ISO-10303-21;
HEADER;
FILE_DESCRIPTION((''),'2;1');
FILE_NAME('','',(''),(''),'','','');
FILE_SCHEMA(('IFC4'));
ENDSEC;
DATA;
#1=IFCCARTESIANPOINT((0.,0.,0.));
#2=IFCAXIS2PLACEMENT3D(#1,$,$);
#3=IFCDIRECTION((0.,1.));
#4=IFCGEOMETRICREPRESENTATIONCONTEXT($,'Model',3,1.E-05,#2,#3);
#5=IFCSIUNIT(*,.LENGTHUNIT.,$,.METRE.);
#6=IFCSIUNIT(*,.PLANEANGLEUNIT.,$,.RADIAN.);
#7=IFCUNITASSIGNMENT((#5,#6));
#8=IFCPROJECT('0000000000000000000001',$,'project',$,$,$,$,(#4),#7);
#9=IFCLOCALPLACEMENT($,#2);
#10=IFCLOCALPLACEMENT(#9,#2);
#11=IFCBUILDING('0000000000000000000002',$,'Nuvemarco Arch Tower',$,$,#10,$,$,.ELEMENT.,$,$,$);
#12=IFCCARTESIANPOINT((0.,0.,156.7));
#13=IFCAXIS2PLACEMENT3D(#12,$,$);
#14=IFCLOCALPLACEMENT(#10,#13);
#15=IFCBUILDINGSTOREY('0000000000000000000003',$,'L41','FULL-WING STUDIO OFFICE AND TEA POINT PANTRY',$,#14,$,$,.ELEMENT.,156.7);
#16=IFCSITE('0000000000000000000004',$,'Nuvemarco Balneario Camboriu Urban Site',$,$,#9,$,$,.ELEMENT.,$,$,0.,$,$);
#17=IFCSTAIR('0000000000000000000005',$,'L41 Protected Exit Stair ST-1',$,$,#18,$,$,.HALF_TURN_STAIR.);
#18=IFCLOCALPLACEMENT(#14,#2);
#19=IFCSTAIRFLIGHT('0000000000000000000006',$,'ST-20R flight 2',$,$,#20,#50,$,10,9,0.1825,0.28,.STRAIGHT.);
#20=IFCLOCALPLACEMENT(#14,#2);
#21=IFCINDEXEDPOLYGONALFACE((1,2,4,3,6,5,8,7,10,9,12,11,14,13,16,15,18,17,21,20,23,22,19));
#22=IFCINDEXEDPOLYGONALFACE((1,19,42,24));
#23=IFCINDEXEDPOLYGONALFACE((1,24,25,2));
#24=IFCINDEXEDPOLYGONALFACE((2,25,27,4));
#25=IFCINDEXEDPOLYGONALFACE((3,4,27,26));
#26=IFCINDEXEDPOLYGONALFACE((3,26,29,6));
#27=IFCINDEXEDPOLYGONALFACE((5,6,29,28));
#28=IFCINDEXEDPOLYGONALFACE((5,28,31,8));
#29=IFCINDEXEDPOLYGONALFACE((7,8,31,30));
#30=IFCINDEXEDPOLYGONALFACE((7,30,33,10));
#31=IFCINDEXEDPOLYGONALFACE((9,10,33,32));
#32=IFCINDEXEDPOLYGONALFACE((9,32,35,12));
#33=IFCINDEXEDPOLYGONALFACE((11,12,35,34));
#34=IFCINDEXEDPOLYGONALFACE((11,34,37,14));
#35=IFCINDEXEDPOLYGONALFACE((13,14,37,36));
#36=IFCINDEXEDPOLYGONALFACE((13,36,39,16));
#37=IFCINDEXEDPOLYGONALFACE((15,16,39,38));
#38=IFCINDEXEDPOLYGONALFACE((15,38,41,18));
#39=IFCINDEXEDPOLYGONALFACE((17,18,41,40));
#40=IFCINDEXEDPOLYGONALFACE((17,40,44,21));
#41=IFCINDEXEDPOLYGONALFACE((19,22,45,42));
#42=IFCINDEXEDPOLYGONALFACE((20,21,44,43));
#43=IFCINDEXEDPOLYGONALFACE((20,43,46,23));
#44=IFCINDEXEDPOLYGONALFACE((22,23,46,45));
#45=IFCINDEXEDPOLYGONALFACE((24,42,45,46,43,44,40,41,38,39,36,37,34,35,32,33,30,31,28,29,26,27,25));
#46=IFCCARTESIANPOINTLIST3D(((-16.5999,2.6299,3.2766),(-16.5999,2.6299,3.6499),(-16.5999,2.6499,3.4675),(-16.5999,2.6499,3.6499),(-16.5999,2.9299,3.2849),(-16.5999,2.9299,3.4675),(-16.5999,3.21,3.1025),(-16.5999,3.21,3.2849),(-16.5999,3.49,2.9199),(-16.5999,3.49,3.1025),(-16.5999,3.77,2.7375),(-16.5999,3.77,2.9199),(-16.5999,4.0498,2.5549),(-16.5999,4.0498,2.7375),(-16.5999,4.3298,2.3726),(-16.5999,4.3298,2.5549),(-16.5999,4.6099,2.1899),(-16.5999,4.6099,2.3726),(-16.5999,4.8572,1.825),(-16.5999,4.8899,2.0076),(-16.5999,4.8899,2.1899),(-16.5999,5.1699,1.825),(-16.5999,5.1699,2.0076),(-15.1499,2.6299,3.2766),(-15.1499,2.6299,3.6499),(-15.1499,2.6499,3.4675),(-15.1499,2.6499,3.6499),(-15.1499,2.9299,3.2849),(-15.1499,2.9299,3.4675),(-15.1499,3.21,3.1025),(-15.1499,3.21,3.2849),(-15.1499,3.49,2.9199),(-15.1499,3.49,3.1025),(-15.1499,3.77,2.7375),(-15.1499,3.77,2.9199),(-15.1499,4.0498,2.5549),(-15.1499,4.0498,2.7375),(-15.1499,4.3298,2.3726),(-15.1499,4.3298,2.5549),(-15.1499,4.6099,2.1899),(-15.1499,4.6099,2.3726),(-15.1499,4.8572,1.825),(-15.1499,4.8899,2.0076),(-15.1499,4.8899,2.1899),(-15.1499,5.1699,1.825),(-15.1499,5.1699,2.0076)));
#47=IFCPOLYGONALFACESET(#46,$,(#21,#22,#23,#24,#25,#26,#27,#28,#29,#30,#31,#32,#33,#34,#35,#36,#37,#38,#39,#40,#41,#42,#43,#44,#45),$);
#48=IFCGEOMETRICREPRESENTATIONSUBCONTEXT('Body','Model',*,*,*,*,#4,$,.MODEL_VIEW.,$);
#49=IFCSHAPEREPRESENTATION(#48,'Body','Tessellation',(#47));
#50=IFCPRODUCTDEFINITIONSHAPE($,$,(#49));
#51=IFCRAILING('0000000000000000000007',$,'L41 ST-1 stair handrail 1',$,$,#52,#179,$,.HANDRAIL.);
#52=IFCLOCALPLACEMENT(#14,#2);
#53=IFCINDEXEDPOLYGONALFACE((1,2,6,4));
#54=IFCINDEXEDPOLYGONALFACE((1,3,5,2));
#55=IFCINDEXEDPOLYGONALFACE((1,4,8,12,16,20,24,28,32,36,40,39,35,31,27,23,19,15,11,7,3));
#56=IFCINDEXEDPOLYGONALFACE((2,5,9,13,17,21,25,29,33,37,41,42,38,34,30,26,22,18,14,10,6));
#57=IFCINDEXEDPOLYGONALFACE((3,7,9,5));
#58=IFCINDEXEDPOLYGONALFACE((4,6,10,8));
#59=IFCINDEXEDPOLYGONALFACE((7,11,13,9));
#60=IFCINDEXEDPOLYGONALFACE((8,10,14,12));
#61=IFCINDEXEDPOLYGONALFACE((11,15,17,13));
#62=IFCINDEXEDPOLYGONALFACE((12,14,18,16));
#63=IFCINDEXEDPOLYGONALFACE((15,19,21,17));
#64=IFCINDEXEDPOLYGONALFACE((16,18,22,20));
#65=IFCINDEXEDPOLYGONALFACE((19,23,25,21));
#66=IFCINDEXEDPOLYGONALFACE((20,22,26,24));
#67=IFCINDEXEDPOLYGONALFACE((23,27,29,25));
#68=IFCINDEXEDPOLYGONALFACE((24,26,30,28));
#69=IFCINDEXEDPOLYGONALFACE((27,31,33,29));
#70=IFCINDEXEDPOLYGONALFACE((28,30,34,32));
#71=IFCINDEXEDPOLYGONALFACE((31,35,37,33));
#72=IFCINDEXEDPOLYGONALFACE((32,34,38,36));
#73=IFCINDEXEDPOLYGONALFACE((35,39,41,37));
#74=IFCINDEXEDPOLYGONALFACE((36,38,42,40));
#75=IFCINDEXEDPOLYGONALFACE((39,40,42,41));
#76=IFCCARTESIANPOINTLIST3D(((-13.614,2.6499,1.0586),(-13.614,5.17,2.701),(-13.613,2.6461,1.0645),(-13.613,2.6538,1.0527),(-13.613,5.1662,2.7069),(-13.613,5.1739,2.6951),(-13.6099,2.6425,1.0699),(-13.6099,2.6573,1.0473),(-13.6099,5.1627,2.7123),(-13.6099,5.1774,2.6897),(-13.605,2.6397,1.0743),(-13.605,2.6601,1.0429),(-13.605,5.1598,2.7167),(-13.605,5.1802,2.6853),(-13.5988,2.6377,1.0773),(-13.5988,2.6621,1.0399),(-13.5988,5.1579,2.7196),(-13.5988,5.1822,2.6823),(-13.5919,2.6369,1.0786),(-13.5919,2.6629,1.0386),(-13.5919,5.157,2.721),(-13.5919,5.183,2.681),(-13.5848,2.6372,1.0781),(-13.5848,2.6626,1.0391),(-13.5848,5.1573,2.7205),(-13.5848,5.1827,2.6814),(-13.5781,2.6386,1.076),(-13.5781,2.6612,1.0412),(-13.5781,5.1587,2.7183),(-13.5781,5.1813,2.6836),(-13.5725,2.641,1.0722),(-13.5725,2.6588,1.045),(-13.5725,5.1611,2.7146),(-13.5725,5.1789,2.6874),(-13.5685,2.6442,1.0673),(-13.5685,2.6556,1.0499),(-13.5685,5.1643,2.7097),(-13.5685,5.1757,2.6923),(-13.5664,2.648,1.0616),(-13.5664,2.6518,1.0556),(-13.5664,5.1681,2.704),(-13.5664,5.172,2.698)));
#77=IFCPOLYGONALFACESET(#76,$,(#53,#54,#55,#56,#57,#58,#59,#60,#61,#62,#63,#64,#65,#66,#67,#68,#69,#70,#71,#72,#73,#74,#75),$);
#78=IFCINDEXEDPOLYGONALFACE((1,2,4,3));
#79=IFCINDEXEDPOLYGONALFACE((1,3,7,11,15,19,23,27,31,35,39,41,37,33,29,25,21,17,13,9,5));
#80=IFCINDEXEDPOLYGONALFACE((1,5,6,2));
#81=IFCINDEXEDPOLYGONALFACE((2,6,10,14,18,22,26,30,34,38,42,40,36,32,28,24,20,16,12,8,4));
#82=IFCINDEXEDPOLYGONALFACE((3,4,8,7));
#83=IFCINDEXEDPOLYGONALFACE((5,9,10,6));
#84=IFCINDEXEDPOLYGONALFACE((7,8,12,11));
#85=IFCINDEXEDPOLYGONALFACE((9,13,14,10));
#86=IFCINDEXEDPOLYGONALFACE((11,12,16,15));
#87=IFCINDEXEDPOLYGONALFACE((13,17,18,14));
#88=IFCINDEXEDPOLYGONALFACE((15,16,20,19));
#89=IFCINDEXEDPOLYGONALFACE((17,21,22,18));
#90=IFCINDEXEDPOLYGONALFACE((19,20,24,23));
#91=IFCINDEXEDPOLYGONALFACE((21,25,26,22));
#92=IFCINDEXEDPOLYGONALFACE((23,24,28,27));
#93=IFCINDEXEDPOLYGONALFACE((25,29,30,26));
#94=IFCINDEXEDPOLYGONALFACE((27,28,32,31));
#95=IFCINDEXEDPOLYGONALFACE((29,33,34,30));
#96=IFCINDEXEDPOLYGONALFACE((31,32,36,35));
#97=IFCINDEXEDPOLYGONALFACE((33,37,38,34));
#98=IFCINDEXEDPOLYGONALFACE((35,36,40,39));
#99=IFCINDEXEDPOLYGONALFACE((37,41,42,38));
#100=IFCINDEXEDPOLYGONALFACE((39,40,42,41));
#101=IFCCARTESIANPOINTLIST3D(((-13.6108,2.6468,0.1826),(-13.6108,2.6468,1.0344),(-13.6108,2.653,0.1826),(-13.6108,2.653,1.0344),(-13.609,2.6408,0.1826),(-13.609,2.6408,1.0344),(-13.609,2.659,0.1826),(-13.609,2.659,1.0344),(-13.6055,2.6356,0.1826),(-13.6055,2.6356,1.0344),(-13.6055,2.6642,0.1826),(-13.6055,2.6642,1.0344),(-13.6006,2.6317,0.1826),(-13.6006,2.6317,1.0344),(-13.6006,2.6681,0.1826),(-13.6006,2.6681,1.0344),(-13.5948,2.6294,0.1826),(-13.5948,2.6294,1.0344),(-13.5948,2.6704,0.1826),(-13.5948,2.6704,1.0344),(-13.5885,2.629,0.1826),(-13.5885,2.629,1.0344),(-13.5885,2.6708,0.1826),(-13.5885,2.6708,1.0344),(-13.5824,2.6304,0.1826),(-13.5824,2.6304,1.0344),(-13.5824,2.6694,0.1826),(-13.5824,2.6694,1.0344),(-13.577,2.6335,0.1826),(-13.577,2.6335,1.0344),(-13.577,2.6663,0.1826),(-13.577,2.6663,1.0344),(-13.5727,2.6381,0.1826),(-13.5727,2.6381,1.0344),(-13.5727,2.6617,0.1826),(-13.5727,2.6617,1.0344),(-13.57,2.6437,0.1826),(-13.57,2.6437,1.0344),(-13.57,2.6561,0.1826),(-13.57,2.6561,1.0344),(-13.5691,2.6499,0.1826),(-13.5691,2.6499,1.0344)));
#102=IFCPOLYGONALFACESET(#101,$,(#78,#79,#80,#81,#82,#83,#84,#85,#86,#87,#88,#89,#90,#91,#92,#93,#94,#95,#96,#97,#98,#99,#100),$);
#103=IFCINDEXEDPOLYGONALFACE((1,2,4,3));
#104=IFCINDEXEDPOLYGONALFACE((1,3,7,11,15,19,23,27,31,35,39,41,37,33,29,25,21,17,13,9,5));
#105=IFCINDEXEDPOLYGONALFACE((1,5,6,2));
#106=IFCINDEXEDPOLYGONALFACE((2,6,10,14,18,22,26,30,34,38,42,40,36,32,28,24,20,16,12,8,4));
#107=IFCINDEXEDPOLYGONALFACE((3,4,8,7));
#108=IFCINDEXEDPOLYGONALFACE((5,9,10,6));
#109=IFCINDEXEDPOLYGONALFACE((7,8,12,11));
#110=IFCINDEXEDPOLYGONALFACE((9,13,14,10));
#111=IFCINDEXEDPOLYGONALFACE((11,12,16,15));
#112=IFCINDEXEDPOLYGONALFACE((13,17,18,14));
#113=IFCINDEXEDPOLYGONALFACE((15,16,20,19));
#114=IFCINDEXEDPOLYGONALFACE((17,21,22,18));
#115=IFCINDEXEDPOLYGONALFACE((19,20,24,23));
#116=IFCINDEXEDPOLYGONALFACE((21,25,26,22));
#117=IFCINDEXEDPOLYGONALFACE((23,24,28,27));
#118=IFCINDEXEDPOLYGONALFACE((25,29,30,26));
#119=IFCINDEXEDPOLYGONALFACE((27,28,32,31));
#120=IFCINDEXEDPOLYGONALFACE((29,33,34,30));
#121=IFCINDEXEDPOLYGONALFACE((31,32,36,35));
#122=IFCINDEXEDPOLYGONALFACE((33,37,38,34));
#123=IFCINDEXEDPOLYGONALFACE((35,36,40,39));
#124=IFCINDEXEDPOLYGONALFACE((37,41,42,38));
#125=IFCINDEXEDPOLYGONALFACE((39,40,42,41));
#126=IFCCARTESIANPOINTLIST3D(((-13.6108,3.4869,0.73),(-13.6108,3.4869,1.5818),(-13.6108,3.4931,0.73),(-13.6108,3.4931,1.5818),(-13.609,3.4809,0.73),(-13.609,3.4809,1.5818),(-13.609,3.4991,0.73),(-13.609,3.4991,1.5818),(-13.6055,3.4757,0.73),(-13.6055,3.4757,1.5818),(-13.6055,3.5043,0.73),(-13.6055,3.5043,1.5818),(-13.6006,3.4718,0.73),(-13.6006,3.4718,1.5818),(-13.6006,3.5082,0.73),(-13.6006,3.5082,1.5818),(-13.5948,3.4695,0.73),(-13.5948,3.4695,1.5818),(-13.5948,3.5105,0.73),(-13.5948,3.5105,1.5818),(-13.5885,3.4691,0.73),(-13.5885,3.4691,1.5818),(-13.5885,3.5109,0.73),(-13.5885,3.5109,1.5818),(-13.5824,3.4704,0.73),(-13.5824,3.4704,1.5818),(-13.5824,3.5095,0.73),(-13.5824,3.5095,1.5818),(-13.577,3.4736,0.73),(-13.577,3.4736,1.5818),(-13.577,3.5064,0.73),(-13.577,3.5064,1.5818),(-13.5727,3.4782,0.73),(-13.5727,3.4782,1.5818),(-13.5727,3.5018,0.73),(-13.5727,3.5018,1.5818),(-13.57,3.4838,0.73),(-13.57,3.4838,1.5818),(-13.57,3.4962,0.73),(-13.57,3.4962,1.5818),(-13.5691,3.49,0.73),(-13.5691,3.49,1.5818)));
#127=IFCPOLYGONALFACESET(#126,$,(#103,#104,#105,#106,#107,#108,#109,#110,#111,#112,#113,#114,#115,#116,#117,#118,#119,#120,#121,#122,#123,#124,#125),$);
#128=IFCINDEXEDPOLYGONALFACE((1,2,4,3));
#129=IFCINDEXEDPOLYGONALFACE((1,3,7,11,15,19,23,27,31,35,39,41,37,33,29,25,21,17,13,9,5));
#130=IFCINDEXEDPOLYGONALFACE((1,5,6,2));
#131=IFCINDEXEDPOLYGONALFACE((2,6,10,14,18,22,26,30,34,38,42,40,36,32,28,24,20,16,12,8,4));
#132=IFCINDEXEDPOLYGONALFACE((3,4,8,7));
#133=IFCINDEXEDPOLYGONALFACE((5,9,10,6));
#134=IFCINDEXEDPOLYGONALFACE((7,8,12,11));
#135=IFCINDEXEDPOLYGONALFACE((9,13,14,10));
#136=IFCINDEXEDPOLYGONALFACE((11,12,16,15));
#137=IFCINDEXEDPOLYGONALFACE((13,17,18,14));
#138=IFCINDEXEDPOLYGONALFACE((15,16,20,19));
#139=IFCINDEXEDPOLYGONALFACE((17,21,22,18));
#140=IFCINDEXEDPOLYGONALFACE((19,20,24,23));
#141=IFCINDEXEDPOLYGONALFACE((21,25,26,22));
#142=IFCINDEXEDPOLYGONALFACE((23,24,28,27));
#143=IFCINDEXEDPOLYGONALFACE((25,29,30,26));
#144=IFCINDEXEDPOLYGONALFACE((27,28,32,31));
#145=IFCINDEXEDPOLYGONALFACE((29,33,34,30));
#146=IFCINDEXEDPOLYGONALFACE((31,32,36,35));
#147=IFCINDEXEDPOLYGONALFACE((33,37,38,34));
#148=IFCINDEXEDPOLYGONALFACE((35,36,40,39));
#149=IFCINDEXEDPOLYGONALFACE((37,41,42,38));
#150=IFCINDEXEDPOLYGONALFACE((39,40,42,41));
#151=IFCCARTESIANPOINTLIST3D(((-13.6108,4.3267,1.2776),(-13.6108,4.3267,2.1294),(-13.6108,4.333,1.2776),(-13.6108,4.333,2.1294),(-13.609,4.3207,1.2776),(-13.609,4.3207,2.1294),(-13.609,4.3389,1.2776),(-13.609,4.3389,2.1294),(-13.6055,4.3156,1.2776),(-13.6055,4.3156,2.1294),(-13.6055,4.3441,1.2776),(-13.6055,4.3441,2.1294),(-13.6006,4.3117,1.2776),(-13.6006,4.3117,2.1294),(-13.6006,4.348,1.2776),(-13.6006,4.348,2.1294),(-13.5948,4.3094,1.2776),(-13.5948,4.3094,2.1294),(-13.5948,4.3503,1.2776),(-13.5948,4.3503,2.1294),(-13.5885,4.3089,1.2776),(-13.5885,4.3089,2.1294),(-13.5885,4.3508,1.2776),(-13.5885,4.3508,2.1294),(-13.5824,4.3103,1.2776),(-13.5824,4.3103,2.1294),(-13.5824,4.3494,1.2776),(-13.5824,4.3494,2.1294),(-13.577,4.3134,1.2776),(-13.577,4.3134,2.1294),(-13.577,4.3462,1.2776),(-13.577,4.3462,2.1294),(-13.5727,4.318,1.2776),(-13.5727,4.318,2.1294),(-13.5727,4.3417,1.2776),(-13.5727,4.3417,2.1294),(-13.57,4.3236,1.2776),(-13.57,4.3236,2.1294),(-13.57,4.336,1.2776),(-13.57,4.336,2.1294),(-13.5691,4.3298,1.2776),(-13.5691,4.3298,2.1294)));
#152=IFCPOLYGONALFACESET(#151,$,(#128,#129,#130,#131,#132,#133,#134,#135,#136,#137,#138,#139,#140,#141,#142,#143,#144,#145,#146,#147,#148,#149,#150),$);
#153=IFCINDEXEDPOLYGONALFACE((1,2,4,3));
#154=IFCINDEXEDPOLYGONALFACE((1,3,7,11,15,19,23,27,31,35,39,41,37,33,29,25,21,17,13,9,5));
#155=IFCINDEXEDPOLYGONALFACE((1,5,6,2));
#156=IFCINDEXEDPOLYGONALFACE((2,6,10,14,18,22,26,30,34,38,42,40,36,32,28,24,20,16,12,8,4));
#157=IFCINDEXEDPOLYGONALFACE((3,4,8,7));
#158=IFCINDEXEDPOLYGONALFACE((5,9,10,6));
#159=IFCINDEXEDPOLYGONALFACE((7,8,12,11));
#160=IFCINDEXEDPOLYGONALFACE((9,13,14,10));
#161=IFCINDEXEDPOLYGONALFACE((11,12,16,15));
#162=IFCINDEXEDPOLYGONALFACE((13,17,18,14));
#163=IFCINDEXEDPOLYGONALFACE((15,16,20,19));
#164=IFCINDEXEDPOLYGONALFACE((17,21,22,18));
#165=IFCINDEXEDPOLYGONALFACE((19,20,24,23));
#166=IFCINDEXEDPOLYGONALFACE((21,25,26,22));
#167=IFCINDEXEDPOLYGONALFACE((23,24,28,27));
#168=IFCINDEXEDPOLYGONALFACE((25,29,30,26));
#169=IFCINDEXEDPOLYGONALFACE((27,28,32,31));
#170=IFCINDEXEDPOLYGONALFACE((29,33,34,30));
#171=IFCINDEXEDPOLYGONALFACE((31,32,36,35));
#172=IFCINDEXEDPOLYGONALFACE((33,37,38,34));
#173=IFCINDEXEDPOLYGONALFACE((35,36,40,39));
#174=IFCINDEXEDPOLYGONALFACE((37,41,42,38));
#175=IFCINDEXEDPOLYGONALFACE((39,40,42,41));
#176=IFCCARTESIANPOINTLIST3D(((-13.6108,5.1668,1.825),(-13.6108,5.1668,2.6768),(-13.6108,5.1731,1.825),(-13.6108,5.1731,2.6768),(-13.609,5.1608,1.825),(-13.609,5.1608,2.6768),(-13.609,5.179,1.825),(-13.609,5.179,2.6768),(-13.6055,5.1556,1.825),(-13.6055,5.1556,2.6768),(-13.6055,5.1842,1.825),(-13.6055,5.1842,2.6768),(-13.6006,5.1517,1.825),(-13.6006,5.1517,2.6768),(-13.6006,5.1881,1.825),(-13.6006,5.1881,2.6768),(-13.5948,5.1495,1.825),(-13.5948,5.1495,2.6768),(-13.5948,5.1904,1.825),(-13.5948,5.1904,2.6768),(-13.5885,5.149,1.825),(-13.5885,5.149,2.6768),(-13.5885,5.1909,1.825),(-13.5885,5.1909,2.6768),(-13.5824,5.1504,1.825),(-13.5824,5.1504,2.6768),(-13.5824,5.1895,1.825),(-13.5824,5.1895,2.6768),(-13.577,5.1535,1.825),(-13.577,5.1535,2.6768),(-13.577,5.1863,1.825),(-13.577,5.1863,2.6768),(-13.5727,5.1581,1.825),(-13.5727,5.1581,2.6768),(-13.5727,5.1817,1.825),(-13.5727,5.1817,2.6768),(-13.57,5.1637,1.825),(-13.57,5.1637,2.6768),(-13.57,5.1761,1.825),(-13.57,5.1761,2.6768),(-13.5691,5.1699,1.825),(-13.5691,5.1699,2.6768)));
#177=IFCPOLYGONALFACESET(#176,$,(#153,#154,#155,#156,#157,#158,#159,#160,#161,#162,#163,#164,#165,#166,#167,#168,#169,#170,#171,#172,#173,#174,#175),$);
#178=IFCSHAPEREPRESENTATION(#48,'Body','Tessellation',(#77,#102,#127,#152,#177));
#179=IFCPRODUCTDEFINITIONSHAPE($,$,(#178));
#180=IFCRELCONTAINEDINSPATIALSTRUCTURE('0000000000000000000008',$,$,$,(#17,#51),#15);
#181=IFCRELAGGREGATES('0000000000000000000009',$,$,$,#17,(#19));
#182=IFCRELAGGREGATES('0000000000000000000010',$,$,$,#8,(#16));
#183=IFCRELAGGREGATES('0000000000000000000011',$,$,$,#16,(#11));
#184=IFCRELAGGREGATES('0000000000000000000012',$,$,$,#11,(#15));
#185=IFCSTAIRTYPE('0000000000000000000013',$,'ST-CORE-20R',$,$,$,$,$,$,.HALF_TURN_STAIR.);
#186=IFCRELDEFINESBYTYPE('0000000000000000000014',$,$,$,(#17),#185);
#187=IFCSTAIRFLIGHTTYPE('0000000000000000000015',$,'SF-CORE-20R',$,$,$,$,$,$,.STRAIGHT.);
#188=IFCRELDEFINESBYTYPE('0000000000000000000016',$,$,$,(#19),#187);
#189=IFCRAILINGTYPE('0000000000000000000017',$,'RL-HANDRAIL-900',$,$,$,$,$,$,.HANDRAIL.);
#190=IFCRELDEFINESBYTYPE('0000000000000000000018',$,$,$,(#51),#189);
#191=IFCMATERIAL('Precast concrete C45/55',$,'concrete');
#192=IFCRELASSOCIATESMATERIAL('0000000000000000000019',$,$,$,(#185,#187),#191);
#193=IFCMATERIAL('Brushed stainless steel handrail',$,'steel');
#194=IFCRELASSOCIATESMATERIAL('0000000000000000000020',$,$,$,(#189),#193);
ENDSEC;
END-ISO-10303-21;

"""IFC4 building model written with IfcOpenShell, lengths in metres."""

from ifc_helpers import new_model, si_unit, direction, frame, origin, origin_2d, place, context, subcontext, project, spatial, polyline, circle, outline, extrude, material, type_object, element, aggregate, save


model = new_model("IFC4")

# Units and contexts
model_context = context("Model", 3, precision=1e-05, world=origin(), true_north=direction((0.0, 1.0)))
body_context = subcontext(model_context, "Body", "Model", "MODEL_VIEW")
ifc_project = project(units=[si_unit("LENGTHUNIT", "METRE"), si_unit("PLANEANGLEUNIT", "RADIAN")], contexts=[model_context])

# Site, building, storey
site_placement = place(None, origin())
site = spatial("IfcSite", under=ifc_project, at=site_placement, Name="Nuvemarco Balneario Camboriu Urban Site", CompositionType="ELEMENT", RefElevation=0.0)
building_placement = place(site_placement, origin())
building = spatial("IfcBuilding", under=site, at=building_placement, Name="Nuvemarco Arch Tower", CompositionType="ELEMENT")
storey_placement = place(building_placement, frame((0.0, 0.0, 156.7)))
storey = spatial("IfcBuildingStorey", under=building, at=storey_placement, Name="L41", Description="FULL-WING STUDIO OFFICE AND TEA POINT PANTRY", CompositionType="ELEMENT", Elevation=156.7)

# Shared definitions
ifc_material_1 = material(Name="Precast concrete C45/55", Category="concrete")

# Stair, stair flight
stair_type = type_object("IfcStairType", Name="ST-CORE-20R", PredefinedType="HALF_TURN_STAIR", material=ifc_material_1)
stair_placement = place(storey_placement, origin())
stair = element("IfcStair", 1, at=stair_placement, inside=storey, type_object=stair_type, Name="L41 Protected Exit Stair ST-1", PredefinedType="HALF_TURN_STAIR")
stair_flight_type = type_object("IfcStairFlightType", Name="SF-CORE-20R", PredefinedType="STRAIGHT", material=ifc_material_1)
stair_flight_1_placement = place(storey_placement, frame((-15.875, 5.1699, 1.825), z_axis=(0.0, 0.0, 1.0), x_axis=(0.0, -1.0, 0.0)))
stair_flight_1 = element("IfcStairFlight", 2, at=stair_flight_1_placement, type_object=stair_flight_type, Name="ST-20R flight 2", NumberOfRisers=10, NumberOfTreads=9, PredefinedType="STRAIGHT", RiserHeight=0.1825, TreadLength=0.28, context=body_context, shape_type="SweptSolid", body=[
    extrude(outline(polyline([(0.0, 0.0), (0.0, 0.1826), (0.28, 0.1826), (0.28, 0.365), (0.5601, 0.365), (0.5601, 0.5476), (0.8401, 0.5476), (0.8401, 0.73), (1.1201, 0.73), (1.1201, 0.9126), (1.3999, 0.9126), (1.3999, 1.095), (1.6799, 1.095), (1.6799, 1.2776), (1.96, 1.2776), (1.96, 1.46), (2.24, 1.46), (2.24, 1.6426), (2.52, 1.6426), (2.52, 1.825), (2.54, 1.825), (2.54, 1.4517), (0.3127, 0.0), (0.0, 0.0)])), frame((0.0, 0.7251, 0.0), z_axis=(0.0, -1.0, 0.0), x_axis=(1.0, 0.0, 0.0)), (0.0, 0.0, 1.0), 1.45),
])
aggregate(stair, [stair_flight_1])

# Railing
ifc_material_2 = material(Name="Brushed stainless steel handrail", Category="steel")
railing_type_1 = type_object("IfcRailingType", Name="RL-HANDRAIL-900", PredefinedType="HANDRAIL", material=ifc_material_2)
railing_1_placement = place(storey_placement, frame((-13.5901, 2.6499, 0.1826)))
element("IfcRailing", 3, at=railing_1_placement, inside=storey, type_object=railing_type_1, Name="L41 ST-1 stair handrail 1", PredefinedType="HANDRAIL", context=body_context, shape_type="SweptSolid", body=[
    extrude(circle(Radius=0.0239, at=origin_2d()), frame((0.0, 0.0, 0.876), z_axis=(0.0, 0.837787, 0.545998), x_axis=(-1.0, 0.0, 0.0)), (0.0, 0.0, 1.0), 3.0081),
    extrude(circle(Radius=0.021, at=origin_2d()), origin(), (0.0, 0.0, 1.0), 0.8518),
    extrude(circle(Radius=0.021, at=origin_2d()), frame((0.0, 0.8401, 0.5474)), (0.0, 0.0, 1.0), 0.8518),
    extrude(circle(Radius=0.021, at=origin_2d()), frame((0.0, 1.6799, 1.095)), (0.0, 0.0, 1.0), 0.8518),
    extrude(circle(Radius=0.021, at=origin_2d()), frame((0.0, 2.52, 1.6423)), (0.0, 0.0, 1.0), 0.8518),
])

save(model, "model.ifc")
